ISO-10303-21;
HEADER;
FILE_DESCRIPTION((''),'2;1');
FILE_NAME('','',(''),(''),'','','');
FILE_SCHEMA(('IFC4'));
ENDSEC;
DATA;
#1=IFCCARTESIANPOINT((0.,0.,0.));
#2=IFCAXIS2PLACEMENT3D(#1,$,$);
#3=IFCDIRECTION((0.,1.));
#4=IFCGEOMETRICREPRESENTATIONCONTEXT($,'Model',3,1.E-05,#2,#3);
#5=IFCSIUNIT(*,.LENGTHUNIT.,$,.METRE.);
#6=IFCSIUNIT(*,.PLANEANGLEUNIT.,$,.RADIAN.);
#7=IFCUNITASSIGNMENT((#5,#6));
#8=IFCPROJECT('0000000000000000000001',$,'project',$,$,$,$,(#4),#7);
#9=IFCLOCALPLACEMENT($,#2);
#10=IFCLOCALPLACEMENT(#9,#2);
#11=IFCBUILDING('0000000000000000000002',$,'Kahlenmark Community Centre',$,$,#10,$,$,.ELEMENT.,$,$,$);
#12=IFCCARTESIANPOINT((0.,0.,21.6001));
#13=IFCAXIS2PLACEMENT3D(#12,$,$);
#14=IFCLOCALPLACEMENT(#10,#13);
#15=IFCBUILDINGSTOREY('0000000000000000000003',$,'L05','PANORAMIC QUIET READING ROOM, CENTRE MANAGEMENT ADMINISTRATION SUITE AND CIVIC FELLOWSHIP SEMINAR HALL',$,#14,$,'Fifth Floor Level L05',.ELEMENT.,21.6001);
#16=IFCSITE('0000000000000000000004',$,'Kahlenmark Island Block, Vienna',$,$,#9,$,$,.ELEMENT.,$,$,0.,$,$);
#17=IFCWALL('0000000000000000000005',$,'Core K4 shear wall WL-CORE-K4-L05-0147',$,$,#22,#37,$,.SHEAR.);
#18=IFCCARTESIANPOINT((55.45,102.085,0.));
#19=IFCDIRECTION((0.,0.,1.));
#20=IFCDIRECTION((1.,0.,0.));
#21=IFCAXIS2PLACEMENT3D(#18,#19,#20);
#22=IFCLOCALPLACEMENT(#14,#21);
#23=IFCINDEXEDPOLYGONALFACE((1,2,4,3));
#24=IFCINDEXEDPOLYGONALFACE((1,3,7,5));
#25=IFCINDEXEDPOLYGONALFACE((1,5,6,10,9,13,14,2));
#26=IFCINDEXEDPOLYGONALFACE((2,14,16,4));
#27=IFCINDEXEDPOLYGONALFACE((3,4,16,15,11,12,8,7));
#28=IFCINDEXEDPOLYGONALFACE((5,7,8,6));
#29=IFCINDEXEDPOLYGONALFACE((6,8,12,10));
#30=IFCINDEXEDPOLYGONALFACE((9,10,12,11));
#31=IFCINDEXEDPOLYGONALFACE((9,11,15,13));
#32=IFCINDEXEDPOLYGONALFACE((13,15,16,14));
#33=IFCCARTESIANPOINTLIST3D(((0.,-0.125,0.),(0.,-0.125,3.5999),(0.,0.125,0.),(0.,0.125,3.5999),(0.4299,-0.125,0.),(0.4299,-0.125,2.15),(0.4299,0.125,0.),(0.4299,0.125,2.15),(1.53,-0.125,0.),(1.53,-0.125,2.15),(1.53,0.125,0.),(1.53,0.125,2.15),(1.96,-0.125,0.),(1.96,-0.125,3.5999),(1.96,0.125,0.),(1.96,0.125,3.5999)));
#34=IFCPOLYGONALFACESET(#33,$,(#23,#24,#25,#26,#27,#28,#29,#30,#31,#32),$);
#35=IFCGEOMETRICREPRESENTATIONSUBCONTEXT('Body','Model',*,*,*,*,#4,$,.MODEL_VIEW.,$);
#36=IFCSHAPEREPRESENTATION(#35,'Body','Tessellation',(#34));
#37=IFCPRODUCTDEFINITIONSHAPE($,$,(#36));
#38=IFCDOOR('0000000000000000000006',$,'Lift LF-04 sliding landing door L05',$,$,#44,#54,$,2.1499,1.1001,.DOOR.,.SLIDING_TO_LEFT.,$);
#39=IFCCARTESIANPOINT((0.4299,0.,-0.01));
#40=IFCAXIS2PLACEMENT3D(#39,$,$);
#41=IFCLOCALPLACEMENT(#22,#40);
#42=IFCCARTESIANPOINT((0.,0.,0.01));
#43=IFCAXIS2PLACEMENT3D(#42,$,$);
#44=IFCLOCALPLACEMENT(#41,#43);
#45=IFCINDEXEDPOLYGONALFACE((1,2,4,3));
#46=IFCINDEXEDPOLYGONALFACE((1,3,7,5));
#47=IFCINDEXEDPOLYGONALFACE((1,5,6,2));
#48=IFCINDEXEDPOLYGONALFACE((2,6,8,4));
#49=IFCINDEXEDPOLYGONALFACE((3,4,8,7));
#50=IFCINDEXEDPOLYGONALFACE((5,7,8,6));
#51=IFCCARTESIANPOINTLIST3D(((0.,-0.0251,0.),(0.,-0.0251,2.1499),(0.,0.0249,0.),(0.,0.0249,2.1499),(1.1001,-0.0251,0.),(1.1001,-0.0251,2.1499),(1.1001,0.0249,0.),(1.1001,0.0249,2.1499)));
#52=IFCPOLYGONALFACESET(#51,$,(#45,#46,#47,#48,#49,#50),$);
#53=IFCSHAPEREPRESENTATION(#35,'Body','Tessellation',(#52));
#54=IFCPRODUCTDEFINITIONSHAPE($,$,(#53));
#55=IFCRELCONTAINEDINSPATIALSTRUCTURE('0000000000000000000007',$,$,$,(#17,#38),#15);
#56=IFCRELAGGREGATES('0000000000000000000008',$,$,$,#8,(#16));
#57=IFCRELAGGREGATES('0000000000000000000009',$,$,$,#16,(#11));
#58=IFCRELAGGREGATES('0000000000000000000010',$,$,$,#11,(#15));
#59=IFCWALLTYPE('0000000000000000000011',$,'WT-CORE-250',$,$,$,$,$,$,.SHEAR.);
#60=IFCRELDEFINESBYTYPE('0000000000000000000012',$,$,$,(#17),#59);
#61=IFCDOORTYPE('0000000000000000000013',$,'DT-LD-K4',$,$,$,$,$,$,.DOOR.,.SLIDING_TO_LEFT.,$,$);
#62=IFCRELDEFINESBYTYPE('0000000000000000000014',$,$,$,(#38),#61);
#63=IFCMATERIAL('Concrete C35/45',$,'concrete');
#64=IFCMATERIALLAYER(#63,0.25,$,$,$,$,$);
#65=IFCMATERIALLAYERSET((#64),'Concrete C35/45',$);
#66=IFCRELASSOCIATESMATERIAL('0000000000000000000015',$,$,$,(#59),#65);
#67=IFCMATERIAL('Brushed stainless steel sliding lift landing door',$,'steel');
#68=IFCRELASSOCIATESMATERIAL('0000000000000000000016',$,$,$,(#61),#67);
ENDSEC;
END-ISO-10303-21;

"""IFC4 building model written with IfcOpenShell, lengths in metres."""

from ifc_helpers import new_model, si_unit, direction, frame, frame_2d, origin, place, context, subcontext, project, spatial, rectangle, extrude, material, layer, layer_set, type_object, element, fill, save


model = new_model("IFC4")

# Units and contexts
model_context = context("Model", 3, precision=1e-05, world=origin(), true_north=direction((0.0, 1.0)))
body_context = subcontext(model_context, "Body", "Model", "MODEL_VIEW")
ifc_project = project(units=[si_unit("LENGTHUNIT", "METRE"), si_unit("PLANEANGLEUNIT", "RADIAN")], contexts=[model_context])

# Site, building, storey
site_placement = place(None, origin())
site = spatial("IfcSite", under=ifc_project, at=site_placement, Name="Kahlenmark Island Block, Vienna", CompositionType="ELEMENT", RefElevation=0.0)
building_placement = place(site_placement, origin())
building = spatial("IfcBuilding", under=site, at=building_placement, Name="Kahlenmark Community Centre", CompositionType="ELEMENT")
storey_placement = place(building_placement, frame((0.0, 0.0, 21.6001)))
storey = spatial("IfcBuildingStorey", under=building, at=storey_placement, Name="L05", Description="PANORAMIC QUIET READING ROOM, CENTRE MANAGEMENT ADMINISTRATION SUITE AND CIVIC FELLOWSHIP SEMINAR HALL", LongName="Fifth Floor Level L05", CompositionType="ELEMENT", Elevation=21.6001)

# Shared definitions
ifc_material_1 = material(Name="Concrete C35/45", Category="concrete")
ifc_layer_1 = layer(ifc_material_1, 0.25)
ifc_layer_set_1 = layer_set([ifc_layer_1], Name="Concrete C35/45")
wall_type_1 = type_object("IfcWallType", Name="WT-CORE-250", PredefinedType="SHEAR", material=ifc_layer_set_1)

# Wall, opening, door
wall_1_placement = place(storey_placement, frame((55.45, 102.085, 0.0), z_axis=(0.0, 0.0, 1.0), x_axis=(1.0, 0.0, 0.0)))
wall_1 = element("IfcWall", 1, at=wall_1_placement, inside=storey, type_object=wall_type_1, Name="Core K4 shear wall WL-CORE-K4-L05-0147", PredefinedType="SHEAR", context=body_context, shape_type="SweptSolid", body=[
    extrude(rectangle(XDim=1.96, YDim=0.25, at=frame_2d((0.98, 0.0))), origin(), (0.0, 0.0, 1.0), 3.5999),
])
opening_1_placement = place(wall_1_placement, frame((0.4299, 0.0, -0.01)))
opening_1 = element("IfcOpeningElement", 2, at=opening_1_placement, cuts=wall_1, PredefinedType="OPENING", context=body_context, shape_type="SweptSolid", body=[
    extrude(rectangle(XDim=1.1001, YDim=2.1599, at=frame_2d((0.55, 1.0801))), frame((0.0, 0.135, 0.0), z_axis=(0.0, -1.0, 0.0), x_axis=(1.0, 0.0, 0.0)), (0.0, 0.0, 1.0), 0.27),
])
ifc_material_2 = material(Name="Brushed stainless steel sliding lift landing door", Category="steel")
door_type = type_object("IfcDoorType", Name="DT-LD-K4", OperationType="SLIDING_TO_LEFT", PredefinedType="DOOR", material=ifc_material_2)
door_placement = place(opening_1_placement, frame((0.0, 0.0, 0.01)))
door = element("IfcDoor", 3, at=door_placement, inside=storey, type_object=door_type, Name="Lift LF-04 sliding landing door L05", OperationType="SLIDING_TO_LEFT", OverallHeight=2.1499, OverallWidth=1.1001, PredefinedType="DOOR", context=body_context, shape_type="SweptSolid", body=[
    extrude(rectangle(XDim=1.1001, YDim=2.1499, at=frame_2d((0.55, 1.075))), frame((0.0, 0.0249, 0.0), z_axis=(0.0, -1.0, 0.0), x_axis=(1.0, 0.0, 0.0)), (0.0, 0.0, 1.0), 0.05),
])
fill(opening_1, door)

save(model, "model.ifc")
